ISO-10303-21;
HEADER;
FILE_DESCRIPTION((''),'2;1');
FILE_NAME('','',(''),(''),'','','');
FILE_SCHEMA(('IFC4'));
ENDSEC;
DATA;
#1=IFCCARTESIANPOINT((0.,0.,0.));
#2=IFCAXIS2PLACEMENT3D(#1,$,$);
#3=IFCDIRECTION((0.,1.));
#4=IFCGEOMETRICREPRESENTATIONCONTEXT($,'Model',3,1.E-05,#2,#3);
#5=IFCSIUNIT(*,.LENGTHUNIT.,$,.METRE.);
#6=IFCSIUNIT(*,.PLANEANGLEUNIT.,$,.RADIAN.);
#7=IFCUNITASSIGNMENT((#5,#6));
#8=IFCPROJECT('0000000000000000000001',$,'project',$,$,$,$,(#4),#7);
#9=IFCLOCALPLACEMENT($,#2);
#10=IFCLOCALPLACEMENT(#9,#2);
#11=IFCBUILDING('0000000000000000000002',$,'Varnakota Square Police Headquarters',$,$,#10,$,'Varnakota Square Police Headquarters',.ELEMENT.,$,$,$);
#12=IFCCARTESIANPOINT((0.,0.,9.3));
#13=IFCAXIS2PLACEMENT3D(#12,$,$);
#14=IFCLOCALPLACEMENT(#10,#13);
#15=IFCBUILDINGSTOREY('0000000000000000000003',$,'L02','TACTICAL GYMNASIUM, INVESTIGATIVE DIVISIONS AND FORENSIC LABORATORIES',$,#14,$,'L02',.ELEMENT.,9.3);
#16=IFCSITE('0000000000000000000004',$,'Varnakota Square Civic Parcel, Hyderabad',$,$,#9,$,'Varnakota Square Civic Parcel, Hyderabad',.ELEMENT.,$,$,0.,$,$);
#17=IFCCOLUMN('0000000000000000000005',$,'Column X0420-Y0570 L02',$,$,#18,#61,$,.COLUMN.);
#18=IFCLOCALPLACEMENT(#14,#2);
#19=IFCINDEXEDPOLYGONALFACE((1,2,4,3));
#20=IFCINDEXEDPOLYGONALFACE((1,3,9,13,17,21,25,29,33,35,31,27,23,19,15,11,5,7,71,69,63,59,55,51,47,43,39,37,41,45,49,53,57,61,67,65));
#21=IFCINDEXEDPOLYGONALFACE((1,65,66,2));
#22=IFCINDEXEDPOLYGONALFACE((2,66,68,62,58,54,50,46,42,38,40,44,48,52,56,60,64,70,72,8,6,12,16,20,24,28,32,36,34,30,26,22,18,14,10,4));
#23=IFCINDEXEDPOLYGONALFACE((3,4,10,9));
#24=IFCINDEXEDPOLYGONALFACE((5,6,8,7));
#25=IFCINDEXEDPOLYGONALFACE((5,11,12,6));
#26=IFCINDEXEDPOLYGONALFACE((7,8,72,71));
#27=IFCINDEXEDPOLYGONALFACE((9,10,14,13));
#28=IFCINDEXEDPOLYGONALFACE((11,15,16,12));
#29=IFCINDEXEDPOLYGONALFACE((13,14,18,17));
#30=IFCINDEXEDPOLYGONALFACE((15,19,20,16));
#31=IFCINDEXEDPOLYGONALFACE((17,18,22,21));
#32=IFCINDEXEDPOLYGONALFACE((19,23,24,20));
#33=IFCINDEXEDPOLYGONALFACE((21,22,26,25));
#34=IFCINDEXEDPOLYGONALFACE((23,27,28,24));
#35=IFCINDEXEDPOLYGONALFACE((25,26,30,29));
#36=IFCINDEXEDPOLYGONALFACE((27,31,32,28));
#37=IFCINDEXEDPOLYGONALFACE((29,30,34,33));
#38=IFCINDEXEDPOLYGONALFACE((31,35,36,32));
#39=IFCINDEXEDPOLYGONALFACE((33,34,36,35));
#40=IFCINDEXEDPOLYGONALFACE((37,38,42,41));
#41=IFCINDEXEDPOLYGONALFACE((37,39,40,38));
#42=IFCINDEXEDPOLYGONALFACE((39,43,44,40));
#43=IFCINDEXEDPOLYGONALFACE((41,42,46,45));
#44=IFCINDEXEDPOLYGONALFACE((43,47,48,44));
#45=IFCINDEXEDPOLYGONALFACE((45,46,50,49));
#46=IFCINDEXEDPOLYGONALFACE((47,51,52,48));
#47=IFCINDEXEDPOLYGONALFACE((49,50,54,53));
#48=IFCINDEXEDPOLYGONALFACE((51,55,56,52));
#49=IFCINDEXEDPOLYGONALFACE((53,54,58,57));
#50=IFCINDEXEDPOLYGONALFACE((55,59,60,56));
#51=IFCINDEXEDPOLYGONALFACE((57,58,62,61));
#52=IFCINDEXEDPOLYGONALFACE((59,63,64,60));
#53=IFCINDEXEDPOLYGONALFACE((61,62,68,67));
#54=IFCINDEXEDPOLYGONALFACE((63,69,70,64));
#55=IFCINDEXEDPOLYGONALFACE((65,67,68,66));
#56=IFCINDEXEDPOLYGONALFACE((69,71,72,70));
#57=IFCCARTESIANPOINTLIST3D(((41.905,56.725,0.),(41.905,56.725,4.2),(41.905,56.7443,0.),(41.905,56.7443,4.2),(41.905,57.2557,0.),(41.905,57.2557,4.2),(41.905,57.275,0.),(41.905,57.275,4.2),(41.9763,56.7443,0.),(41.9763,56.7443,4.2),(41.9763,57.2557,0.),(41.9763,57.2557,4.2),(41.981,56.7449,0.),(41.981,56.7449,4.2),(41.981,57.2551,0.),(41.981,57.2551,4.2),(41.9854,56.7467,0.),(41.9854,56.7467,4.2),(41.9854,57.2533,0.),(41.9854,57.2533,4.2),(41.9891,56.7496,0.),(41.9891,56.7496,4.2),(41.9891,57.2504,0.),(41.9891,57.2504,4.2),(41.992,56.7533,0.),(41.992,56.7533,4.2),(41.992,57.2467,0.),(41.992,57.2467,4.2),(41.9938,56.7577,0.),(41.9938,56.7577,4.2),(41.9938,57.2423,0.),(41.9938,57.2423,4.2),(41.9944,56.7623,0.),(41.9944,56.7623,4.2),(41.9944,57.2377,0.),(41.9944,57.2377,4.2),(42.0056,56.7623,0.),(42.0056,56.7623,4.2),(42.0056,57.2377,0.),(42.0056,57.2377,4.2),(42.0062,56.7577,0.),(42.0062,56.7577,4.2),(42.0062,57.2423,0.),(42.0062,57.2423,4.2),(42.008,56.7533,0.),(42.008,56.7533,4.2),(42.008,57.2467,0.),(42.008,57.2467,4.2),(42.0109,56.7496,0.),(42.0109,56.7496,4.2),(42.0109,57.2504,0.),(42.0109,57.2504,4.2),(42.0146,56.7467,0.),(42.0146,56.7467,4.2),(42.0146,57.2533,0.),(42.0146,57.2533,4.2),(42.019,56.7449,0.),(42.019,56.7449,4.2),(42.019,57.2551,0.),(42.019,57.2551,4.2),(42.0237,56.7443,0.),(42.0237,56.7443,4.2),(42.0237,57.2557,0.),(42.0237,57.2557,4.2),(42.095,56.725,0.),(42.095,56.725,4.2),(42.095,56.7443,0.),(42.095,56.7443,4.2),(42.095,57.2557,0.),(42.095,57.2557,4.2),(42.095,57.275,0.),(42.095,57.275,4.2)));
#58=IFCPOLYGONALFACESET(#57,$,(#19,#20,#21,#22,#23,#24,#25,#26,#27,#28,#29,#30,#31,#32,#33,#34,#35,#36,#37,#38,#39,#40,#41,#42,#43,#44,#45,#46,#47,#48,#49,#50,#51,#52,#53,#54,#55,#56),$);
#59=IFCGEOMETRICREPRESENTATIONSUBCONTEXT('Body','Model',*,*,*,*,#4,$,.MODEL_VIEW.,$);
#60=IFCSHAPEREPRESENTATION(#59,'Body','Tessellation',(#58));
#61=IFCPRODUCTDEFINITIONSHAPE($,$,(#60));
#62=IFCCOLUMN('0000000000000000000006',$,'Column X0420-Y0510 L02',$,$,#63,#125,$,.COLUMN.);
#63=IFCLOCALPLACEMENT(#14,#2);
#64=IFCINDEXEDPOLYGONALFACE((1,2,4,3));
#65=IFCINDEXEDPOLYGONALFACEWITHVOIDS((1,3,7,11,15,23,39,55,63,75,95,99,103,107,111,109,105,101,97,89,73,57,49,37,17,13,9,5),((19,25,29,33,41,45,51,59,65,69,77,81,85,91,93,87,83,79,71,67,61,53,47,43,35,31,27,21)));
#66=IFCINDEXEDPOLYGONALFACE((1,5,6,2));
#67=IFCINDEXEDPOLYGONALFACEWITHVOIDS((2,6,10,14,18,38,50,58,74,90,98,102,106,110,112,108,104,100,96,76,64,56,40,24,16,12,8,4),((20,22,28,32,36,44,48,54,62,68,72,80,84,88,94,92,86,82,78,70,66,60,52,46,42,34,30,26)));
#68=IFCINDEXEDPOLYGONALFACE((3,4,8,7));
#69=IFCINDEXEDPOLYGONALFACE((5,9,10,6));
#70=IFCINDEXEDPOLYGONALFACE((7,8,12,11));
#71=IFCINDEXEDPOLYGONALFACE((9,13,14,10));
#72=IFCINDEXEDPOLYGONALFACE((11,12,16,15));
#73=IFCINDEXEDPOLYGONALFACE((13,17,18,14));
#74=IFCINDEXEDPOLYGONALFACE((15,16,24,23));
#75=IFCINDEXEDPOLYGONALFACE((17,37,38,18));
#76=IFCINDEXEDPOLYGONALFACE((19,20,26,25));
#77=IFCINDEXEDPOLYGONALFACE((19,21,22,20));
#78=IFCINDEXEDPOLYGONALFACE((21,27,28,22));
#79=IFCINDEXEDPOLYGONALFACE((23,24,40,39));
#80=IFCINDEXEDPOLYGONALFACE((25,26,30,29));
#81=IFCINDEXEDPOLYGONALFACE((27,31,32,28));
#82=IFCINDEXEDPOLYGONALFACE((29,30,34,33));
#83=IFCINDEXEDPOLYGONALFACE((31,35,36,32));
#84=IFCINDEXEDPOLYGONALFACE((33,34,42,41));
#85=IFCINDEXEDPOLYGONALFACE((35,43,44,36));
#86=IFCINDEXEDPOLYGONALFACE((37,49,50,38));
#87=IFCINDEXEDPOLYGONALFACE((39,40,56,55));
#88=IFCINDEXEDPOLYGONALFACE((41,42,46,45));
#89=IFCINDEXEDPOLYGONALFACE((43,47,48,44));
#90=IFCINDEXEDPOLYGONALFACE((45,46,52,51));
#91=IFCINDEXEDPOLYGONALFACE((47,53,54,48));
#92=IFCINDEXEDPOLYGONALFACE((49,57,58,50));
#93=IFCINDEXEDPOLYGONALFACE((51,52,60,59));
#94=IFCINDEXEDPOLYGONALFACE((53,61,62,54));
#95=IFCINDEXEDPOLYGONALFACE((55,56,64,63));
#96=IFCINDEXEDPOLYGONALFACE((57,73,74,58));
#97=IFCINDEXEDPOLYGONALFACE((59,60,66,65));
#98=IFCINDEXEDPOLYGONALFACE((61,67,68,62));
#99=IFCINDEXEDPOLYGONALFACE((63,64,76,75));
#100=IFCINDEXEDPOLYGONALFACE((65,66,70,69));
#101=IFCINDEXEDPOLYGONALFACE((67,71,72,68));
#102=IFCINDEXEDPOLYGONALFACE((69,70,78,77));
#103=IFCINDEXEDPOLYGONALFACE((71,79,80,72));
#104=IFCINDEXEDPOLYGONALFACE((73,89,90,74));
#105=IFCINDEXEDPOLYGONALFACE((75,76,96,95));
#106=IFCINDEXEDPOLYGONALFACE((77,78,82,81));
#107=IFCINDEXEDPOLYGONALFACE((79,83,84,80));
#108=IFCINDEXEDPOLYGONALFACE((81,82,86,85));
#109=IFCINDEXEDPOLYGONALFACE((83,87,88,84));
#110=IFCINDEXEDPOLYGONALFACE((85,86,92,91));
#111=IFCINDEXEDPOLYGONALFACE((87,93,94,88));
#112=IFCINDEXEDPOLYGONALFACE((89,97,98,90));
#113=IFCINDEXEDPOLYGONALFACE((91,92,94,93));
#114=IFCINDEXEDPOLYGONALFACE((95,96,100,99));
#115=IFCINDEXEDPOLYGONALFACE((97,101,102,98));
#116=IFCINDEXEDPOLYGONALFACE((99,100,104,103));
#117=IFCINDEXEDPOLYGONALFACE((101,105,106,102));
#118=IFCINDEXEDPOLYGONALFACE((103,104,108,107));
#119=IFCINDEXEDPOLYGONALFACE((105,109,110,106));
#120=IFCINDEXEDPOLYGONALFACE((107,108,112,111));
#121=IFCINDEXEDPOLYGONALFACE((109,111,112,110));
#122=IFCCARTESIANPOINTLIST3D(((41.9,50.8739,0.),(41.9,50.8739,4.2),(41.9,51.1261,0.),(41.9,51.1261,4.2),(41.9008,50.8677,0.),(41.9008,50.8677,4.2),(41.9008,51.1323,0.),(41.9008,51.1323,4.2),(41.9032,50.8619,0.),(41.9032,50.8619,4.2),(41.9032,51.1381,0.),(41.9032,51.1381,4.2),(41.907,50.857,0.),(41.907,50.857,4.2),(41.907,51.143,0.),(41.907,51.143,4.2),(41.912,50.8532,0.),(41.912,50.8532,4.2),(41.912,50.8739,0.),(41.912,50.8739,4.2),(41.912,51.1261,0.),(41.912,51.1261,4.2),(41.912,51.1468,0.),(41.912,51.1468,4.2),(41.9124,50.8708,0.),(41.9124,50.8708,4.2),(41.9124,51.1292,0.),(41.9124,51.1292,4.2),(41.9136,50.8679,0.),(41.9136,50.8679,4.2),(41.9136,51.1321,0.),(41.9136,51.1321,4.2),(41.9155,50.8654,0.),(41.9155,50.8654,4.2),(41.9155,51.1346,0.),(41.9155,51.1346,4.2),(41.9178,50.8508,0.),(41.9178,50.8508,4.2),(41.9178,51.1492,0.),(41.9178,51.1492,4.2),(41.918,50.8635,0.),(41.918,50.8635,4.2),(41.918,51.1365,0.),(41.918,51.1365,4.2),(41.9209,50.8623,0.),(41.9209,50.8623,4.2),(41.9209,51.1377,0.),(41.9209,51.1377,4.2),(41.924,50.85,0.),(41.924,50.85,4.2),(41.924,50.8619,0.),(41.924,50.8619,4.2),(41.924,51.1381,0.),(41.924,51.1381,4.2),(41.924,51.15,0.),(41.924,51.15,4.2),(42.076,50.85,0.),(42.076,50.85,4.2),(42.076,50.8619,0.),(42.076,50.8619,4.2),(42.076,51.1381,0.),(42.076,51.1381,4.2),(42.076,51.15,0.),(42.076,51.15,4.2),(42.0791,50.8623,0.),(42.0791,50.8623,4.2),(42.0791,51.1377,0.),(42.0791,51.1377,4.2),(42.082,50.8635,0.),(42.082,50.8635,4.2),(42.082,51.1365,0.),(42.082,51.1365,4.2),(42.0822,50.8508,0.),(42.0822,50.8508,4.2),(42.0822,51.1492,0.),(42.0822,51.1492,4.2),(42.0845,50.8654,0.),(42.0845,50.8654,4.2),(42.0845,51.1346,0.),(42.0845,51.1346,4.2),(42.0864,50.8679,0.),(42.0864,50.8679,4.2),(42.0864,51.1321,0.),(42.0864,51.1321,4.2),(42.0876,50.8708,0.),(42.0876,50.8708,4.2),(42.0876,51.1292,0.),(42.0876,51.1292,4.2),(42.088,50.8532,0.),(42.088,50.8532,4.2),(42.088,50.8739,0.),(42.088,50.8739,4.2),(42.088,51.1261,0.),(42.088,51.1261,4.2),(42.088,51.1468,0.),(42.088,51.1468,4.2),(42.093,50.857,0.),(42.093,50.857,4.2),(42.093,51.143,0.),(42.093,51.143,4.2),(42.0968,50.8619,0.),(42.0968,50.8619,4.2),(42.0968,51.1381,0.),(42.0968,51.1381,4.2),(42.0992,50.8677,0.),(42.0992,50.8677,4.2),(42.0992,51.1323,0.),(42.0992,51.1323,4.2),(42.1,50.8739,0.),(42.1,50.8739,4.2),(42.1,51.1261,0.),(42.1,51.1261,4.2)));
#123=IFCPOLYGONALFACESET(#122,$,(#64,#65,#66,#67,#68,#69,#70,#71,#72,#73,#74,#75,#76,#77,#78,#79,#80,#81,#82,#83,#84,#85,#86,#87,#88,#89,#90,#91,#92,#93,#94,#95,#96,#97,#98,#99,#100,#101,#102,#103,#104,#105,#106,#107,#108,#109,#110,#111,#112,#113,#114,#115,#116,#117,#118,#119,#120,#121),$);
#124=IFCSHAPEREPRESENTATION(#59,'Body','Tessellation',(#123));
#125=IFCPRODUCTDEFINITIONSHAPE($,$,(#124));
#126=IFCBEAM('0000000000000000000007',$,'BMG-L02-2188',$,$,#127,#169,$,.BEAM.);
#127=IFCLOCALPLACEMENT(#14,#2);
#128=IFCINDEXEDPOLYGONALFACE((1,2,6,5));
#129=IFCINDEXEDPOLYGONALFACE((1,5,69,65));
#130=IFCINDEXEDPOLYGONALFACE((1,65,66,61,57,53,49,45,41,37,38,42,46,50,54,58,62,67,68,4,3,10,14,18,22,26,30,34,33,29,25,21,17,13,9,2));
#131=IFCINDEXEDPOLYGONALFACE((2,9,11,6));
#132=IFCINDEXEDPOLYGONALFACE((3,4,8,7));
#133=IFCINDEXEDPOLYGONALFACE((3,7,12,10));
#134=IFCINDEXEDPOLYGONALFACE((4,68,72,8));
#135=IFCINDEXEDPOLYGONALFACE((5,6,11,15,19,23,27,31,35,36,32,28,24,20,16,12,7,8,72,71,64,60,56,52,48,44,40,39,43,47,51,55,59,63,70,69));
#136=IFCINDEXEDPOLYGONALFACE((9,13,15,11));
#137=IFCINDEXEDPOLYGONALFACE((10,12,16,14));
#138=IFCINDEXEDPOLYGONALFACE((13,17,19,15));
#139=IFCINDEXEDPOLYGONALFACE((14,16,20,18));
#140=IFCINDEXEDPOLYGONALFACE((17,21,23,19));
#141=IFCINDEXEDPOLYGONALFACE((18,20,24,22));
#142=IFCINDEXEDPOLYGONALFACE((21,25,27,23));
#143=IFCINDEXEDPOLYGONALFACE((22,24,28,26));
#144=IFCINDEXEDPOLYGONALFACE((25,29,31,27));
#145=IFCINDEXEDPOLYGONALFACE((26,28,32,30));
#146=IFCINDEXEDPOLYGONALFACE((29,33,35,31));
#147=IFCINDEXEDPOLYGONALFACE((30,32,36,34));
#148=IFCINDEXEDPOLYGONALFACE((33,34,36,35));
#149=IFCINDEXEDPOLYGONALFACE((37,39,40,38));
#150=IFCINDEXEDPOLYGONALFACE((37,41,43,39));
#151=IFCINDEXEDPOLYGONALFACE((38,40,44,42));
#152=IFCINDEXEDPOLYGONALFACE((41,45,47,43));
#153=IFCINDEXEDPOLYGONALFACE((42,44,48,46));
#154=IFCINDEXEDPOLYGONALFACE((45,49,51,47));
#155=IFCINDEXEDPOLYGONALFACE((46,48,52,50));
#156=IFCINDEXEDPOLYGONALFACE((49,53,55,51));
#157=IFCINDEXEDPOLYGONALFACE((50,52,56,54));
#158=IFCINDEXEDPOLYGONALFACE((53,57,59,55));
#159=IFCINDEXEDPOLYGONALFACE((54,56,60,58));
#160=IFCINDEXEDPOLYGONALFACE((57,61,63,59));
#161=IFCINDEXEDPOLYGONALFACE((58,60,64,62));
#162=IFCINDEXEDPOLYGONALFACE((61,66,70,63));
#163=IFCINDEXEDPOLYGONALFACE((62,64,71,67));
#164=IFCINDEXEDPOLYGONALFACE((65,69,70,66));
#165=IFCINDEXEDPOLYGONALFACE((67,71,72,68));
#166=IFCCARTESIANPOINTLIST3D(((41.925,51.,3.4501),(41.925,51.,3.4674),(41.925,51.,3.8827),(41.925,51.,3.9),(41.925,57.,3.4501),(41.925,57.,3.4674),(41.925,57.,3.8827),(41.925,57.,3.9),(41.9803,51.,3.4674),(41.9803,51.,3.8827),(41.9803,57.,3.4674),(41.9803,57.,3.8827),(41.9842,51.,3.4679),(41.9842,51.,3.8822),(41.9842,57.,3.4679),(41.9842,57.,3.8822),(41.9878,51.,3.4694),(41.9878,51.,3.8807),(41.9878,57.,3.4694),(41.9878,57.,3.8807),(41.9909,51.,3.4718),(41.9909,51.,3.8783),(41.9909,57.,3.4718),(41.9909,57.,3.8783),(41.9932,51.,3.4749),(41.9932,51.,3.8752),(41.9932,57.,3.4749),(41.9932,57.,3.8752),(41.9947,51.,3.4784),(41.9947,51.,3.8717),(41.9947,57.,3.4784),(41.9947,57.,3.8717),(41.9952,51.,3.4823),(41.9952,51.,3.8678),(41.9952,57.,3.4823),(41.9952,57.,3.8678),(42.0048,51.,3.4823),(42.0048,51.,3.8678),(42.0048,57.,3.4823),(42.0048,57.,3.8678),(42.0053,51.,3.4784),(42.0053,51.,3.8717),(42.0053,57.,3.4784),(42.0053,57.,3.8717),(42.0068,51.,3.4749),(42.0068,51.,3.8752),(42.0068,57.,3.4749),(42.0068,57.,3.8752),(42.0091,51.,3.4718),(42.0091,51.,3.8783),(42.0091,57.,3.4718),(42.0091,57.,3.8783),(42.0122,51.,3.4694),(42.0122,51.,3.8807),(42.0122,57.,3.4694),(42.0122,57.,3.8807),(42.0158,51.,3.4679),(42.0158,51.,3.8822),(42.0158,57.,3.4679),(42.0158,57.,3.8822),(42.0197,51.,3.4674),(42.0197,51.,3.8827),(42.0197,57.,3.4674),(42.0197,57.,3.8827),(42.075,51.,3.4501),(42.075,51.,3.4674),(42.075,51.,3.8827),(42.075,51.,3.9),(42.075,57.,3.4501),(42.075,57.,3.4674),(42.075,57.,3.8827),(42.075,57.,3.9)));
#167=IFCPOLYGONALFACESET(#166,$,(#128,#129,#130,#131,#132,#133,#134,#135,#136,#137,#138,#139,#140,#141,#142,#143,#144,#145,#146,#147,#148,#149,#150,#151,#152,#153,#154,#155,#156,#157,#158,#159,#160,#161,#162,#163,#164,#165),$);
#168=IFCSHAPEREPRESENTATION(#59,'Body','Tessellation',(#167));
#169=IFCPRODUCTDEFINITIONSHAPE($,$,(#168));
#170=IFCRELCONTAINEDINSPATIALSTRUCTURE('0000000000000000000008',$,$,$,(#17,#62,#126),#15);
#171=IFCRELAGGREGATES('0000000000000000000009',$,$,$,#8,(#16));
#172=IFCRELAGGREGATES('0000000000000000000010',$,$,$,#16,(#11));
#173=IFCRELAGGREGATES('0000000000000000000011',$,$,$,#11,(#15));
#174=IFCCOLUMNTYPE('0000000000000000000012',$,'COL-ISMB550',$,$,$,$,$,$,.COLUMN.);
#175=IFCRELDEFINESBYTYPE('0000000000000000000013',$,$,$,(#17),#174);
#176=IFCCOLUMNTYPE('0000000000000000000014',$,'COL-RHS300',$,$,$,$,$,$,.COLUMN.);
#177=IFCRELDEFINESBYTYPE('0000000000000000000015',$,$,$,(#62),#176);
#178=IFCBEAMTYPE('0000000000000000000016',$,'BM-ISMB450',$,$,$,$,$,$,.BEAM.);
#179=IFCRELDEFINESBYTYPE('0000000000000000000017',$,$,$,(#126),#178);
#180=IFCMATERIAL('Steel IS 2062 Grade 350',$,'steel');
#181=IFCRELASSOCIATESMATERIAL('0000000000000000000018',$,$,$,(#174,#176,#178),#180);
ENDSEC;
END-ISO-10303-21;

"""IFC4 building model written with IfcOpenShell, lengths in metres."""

from ifc_helpers import new_model, si_unit, direction, frame, origin, origin_2d, place, context, subcontext, project, spatial, hollow_rectangle, i_section, extrude, material, material_profile, profile_set, type_object, element, save


model = new_model("IFC4")

# Units and contexts
model_context = context("Model", 3, precision=1e-05, world=origin(), true_north=direction((0.0, 1.0)))
body_context = subcontext(model_context, "Body", "Model", "MODEL_VIEW")
ifc_project = project(units=[si_unit("LENGTHUNIT", "METRE"), si_unit("PLANEANGLEUNIT", "RADIAN")], contexts=[model_context])

# Site, building, storey
site_placement = place(None, origin())
site = spatial("IfcSite", under=ifc_project, at=site_placement, Name="Varnakota Square Civic Parcel, Hyderabad", LongName="Varnakota Square Civic Parcel, Hyderabad", CompositionType="ELEMENT", RefElevation=0.0)
building_placement = place(site_placement, origin())
building = spatial("IfcBuilding", under=site, at=building_placement, Name="Varnakota Square Police Headquarters", LongName="Varnakota Square Police Headquarters", CompositionType="ELEMENT")
storey_placement = place(building_placement, frame((0.0, 0.0, 9.3)))
storey = spatial("IfcBuildingStorey", under=building, at=storey_placement, Name="L02", Description="TACTICAL GYMNASIUM, INVESTIGATIVE DIVISIONS AND FORENSIC LABORATORIES", LongName="L02", CompositionType="ELEMENT", Elevation=9.3)

# Columns
ifc_material_1 = material(Name="Steel IS 2062 Grade 350", Category="steel")
ifc_material_profile_1 = material_profile(ifc_material_1, i_section(OverallWidth=0.1899, OverallDepth=0.55, WebThickness=0.0112, FlangeThickness=0.0193, FilletRadius=0.0181, at=origin_2d()), Name="ISMB 550")
ifc_profile_set_1 = profile_set([ifc_material_profile_1], Name="Steel IS 2062 Grade 350")
column_type_1 = type_object("IfcColumnType", Name="COL-ISMB550", PredefinedType="COLUMN", material=ifc_profile_set_1)
column_1_placement = place(storey_placement, frame((42.0, 57.0, 0.0), z_axis=(0.0, 0.0, 1.0), x_axis=(1.0, 0.0, 0.0)))
element("IfcColumn", 1, at=column_1_placement, inside=storey, type_object=column_type_1, Name="Column X0420-Y0570 L02", PredefinedType="COLUMN", context=body_context, shape_type="SweptSolid", body=[
    extrude(i_section(OverallWidth=0.1899, OverallDepth=0.55, WebThickness=0.0112, FlangeThickness=0.0193, FilletRadius=0.0181, at=origin_2d()), origin(), (0.0, 0.0, 1.0), 4.2),
])
ifc_material_profile_2 = material_profile(ifc_material_1, hollow_rectangle(XDim=0.2, YDim=0.3, WallThickness=0.012, InnerFilletRadius=0.012, OuterFilletRadius=0.0239, at=origin_2d()), Name="RHS 300x200x12")
ifc_profile_set_2 = profile_set([ifc_material_profile_2], Name="Steel IS 2062 Grade 350")
column_type_2 = type_object("IfcColumnType", Name="COL-RHS300", PredefinedType="COLUMN", material=ifc_profile_set_2)
column_2_placement = place(storey_placement, frame((42.0, 51.0, 0.0), z_axis=(0.0, 0.0, 1.0), x_axis=(1.0, 0.0, 0.0)))
element("IfcColumn", 2, at=column_2_placement, inside=storey, type_object=column_type_2, Name="Column X0420-Y0510 L02", PredefinedType="COLUMN", context=body_context, shape_type="SweptSolid", body=[
    extrude(hollow_rectangle(XDim=0.2, YDim=0.3, WallThickness=0.012, InnerFilletRadius=0.012, OuterFilletRadius=0.0239, at=origin_2d()), origin(), (0.0, 0.0, 1.0), 4.2),
])

# Beam
ifc_material_profile_3 = material_profile(ifc_material_1, i_section(OverallWidth=0.1499, OverallDepth=0.45, WebThickness=0.0095, FlangeThickness=0.0173, FilletRadius=0.0149, at=origin_2d()), Name="ISMB 450")
ifc_profile_set_3 = profile_set([ifc_material_profile_3], Name="Steel IS 2062 Grade 350")
beam_type_1 = type_object("IfcBeamType", Name="BM-ISMB450", PredefinedType="BEAM", material=ifc_profile_set_3)
beam_1_placement = place(storey_placement, frame((42.0, 51.0, 3.675), z_axis=(0.0, 1.0, 0.0), x_axis=(-1.0, 0.0, 0.0)))
element("IfcBeam", 3, at=beam_1_placement, inside=storey, type_object=beam_type_1, Name="BMG-L02-2188", PredefinedType="BEAM", context=body_context, shape_type="SweptSolid", body=[
    extrude(i_section(OverallWidth=0.1499, OverallDepth=0.45, WebThickness=0.0095, FlangeThickness=0.0173, FilletRadius=0.0149, at=origin_2d()), origin(), (0.0, 0.0, 1.0), 6.0),
])

save(model, "model.ifc")
